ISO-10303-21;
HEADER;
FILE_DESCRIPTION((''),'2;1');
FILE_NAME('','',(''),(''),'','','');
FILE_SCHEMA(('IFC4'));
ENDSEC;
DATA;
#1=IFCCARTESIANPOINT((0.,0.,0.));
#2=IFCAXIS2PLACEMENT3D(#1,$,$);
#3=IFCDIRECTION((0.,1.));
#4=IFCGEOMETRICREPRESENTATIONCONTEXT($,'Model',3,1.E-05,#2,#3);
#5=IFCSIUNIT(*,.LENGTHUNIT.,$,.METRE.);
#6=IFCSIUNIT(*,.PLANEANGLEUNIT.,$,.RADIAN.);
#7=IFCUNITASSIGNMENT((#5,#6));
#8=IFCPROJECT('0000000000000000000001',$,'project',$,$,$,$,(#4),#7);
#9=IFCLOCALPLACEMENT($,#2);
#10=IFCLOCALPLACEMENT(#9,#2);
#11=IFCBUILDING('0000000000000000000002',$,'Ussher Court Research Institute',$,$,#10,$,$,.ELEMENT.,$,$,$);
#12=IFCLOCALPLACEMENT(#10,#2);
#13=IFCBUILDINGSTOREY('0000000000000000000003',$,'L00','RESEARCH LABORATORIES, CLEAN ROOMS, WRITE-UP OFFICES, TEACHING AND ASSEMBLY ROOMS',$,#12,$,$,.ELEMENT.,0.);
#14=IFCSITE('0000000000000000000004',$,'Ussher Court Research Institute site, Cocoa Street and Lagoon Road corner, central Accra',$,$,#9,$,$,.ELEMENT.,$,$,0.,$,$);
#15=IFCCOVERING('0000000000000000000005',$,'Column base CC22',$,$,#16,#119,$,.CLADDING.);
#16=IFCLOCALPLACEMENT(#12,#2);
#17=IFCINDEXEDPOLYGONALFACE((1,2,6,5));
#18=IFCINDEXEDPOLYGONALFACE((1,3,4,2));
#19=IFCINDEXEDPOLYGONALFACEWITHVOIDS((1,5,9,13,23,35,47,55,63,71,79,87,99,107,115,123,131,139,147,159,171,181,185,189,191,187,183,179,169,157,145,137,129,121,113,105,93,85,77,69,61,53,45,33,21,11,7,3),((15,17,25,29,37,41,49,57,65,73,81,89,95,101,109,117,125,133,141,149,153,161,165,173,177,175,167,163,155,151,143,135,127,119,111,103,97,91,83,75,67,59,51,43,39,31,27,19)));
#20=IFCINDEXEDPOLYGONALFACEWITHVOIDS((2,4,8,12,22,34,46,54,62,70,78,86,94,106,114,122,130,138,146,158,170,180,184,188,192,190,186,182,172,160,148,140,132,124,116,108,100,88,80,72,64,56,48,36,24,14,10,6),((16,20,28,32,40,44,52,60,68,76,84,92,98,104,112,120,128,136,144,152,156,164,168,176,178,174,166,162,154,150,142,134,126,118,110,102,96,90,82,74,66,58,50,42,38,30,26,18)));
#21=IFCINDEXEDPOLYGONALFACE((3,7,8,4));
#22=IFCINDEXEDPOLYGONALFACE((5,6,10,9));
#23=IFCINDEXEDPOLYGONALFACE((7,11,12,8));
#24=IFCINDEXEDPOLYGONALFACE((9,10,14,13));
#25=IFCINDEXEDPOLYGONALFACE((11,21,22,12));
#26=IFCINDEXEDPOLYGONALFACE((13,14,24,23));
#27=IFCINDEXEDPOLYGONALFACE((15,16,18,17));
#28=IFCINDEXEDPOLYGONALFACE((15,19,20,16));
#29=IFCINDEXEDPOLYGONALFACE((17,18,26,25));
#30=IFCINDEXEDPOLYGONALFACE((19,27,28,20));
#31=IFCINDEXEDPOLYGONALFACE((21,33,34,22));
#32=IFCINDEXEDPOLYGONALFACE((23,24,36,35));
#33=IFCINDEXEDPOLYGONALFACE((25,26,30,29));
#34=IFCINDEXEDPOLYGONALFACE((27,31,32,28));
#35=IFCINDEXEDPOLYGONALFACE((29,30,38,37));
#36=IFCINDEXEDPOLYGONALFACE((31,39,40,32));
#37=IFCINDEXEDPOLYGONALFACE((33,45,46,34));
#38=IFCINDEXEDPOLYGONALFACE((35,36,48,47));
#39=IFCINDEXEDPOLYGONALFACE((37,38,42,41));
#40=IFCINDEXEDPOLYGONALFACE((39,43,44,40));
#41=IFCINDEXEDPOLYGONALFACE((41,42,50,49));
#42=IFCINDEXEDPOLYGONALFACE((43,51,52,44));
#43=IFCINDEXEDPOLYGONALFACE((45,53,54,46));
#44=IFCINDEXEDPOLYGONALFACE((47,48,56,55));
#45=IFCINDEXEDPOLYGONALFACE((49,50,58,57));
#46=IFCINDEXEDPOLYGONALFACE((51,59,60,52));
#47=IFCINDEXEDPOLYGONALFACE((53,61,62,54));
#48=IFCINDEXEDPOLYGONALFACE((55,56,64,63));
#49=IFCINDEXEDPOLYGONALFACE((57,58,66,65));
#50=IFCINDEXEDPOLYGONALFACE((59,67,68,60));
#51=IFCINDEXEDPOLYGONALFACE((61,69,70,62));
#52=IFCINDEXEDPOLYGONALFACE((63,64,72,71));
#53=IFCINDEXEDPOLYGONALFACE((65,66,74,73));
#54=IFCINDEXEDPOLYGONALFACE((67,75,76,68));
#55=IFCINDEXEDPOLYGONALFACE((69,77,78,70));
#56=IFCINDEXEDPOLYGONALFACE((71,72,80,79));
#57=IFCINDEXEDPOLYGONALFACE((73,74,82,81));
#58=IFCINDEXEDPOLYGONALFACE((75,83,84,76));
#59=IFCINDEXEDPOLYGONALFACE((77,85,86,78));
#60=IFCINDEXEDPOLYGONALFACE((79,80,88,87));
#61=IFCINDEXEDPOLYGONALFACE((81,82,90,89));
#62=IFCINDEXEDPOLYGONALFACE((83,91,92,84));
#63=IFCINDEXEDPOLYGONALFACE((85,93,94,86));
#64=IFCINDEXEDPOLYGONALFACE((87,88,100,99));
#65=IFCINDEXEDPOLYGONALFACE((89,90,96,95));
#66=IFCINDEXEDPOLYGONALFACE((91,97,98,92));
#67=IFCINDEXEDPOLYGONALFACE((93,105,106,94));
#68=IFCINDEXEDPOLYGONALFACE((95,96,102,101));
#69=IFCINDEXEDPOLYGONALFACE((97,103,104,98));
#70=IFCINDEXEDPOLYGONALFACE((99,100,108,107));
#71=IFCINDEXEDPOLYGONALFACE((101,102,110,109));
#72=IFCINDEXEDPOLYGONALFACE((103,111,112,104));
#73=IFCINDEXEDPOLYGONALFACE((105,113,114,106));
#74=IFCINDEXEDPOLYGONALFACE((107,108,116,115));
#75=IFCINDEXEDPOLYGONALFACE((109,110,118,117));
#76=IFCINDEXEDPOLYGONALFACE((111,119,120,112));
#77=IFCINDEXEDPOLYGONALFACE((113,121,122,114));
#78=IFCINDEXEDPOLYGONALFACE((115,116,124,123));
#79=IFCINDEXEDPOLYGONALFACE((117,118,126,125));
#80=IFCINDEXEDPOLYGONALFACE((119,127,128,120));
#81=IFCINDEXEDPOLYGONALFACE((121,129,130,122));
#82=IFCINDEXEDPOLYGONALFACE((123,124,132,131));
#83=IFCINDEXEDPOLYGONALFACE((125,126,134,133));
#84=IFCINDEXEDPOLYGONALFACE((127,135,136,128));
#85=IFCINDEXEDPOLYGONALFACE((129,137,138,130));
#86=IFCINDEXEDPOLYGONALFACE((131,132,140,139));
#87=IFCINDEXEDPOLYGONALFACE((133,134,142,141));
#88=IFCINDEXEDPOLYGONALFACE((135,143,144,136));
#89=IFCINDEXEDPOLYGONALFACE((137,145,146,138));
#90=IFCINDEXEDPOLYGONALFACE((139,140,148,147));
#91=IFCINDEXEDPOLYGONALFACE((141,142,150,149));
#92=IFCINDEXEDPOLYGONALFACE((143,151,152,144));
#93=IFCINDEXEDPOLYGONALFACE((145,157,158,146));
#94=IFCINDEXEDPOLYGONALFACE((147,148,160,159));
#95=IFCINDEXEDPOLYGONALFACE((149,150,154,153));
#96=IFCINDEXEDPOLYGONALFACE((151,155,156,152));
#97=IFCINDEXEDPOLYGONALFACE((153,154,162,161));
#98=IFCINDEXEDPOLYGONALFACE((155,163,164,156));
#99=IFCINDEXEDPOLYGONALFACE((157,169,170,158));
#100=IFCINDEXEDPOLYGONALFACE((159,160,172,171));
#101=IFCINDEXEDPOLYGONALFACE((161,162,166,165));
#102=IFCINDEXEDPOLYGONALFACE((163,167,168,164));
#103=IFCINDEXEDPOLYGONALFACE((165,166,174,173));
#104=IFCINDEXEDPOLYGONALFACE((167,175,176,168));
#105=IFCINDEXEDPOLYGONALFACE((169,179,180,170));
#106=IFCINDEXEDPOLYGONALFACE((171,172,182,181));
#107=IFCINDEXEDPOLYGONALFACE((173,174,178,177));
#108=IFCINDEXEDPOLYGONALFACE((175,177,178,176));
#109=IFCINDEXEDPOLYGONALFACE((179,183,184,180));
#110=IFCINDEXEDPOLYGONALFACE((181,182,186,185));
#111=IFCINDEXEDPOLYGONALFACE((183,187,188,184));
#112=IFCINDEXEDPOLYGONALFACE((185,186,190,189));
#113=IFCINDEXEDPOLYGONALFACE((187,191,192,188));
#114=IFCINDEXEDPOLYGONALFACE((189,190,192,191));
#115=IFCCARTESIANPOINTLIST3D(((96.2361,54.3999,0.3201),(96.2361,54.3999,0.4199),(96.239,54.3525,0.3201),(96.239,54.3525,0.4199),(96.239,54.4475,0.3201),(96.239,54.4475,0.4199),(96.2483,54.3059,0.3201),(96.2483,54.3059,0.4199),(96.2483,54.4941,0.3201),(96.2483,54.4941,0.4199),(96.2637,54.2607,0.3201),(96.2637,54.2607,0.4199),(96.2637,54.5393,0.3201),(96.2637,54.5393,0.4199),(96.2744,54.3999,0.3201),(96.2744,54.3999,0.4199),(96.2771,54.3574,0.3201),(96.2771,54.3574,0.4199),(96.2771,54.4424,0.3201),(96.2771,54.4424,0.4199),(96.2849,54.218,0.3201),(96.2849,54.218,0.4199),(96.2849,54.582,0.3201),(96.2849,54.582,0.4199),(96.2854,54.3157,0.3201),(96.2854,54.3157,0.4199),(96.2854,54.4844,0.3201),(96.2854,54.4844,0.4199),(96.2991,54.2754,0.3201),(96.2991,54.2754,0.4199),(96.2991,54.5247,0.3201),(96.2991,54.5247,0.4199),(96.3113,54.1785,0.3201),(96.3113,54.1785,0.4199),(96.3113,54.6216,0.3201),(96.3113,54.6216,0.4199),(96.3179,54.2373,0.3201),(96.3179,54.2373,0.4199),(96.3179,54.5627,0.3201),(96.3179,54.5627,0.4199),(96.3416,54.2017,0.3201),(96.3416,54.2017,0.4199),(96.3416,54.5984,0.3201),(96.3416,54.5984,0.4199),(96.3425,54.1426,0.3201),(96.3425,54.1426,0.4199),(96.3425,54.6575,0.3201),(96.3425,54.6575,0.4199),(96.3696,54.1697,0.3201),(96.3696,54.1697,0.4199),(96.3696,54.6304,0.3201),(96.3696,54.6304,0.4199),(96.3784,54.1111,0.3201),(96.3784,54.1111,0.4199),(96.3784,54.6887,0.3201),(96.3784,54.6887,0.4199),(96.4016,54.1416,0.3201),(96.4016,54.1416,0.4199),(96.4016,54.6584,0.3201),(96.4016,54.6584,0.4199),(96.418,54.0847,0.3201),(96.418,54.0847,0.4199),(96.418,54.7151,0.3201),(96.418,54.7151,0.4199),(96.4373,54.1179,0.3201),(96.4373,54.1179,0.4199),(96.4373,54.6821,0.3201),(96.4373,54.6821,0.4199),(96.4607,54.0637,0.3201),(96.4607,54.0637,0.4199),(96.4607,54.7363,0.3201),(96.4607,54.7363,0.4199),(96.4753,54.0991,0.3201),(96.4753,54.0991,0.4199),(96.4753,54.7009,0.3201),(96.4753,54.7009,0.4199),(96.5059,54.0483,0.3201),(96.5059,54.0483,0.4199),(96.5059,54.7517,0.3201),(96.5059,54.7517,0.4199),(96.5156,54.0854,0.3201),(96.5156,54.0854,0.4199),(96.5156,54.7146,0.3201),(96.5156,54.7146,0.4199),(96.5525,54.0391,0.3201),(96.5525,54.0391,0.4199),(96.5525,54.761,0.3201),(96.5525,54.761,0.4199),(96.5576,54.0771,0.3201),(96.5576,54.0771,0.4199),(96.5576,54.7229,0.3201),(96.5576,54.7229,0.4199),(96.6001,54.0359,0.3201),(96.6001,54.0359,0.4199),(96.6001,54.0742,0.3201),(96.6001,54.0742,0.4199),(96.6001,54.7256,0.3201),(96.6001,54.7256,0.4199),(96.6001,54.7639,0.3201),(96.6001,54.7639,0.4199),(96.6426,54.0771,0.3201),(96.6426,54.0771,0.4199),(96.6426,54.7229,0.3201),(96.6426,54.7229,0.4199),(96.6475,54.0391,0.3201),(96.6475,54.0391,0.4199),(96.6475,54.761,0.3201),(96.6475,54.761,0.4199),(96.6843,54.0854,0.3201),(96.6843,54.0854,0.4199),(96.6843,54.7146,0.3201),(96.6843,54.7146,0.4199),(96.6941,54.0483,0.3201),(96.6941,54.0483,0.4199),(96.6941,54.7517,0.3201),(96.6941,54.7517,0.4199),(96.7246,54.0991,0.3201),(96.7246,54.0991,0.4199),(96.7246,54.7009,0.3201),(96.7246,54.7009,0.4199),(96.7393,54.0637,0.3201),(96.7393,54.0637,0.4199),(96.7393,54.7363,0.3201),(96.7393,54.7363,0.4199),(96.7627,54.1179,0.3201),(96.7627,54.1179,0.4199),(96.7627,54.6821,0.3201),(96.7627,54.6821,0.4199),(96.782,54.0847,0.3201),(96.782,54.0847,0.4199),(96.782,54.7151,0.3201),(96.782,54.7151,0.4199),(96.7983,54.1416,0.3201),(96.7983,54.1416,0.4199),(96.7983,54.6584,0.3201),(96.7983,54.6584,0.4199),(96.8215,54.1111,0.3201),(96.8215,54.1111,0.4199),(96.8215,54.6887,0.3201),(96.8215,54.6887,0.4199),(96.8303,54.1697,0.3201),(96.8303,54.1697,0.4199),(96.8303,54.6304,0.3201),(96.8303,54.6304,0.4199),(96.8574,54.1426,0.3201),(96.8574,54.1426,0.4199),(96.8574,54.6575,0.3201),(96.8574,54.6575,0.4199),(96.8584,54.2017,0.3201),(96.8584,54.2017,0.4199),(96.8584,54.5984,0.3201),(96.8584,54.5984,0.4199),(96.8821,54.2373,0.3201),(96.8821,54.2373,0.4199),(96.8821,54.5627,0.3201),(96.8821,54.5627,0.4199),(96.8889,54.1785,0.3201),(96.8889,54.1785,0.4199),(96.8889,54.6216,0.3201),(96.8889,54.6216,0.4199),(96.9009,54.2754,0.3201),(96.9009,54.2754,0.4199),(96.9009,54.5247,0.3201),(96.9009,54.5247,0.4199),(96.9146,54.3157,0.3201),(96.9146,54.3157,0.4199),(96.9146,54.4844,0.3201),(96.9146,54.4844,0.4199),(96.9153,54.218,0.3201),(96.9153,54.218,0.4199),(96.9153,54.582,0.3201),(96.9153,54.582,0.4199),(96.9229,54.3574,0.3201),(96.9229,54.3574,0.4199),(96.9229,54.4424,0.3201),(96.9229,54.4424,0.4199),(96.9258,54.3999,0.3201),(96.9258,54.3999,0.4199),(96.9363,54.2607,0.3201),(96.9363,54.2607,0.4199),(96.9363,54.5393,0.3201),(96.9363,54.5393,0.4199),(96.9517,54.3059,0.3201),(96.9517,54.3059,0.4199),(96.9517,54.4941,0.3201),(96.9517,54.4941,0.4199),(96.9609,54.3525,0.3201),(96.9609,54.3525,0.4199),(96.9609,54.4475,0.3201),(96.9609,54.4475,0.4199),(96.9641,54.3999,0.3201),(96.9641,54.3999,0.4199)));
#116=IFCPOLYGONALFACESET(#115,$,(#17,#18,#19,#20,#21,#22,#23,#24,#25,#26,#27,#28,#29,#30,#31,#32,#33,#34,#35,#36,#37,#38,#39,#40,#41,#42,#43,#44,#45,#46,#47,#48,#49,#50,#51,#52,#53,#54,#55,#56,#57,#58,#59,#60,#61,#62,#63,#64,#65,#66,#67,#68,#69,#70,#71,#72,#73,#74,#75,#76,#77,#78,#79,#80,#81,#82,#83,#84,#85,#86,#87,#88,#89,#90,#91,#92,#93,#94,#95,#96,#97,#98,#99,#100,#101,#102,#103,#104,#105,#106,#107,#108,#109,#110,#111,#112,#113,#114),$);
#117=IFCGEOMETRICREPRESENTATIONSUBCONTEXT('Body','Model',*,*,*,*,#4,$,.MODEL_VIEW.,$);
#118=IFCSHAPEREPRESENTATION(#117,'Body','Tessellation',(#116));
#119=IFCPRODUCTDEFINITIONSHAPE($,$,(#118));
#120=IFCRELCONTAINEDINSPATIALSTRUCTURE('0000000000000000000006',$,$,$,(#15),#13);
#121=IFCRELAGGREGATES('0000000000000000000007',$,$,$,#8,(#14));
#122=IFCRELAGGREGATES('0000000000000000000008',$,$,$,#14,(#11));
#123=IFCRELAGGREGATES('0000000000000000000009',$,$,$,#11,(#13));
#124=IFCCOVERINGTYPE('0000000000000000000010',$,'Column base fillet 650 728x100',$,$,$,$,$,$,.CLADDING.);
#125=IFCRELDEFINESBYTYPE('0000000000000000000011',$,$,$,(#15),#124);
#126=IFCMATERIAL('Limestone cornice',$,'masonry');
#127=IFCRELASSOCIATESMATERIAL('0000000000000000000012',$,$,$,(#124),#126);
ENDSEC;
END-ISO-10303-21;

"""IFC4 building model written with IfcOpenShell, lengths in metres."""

from ifc_helpers import new_model, si_unit, direction, frame, origin, place, context, subcontext, project, spatial, polyline, outline, extrude, material, type_object, element, save


model = new_model("IFC4")

# Units and contexts
model_context = context("Model", 3, precision=1e-05, world=origin(), true_north=direction((0.0, 1.0)))
body_context = subcontext(model_context, "Body", "Model", "MODEL_VIEW")
ifc_project = project(units=[si_unit("LENGTHUNIT", "METRE"), si_unit("PLANEANGLEUNIT", "RADIAN")], contexts=[model_context])

# Site, building, storey
site_placement = place(None, origin())
site = spatial("IfcSite", under=ifc_project, at=site_placement, Name="Ussher Court Research Institute site, Cocoa Street and Lagoon Road corner, central Accra", CompositionType="ELEMENT", RefElevation=0.0)
building_placement = place(site_placement, origin())
building = spatial("IfcBuilding", under=site, at=building_placement, Name="Ussher Court Research Institute", CompositionType="ELEMENT")
storey_placement = place(building_placement, origin())
storey = spatial("IfcBuildingStorey", under=building, at=storey_placement, Name="L00", Description="RESEARCH LABORATORIES, CLEAN ROOMS, WRITE-UP OFFICES, TEACHING AND ASSEMBLY ROOMS", CompositionType="ELEMENT", Elevation=0.0)

# Covering
ifc_material_1 = material(Name="Limestone cornice", Category="masonry")
covering_type_1 = type_object("IfcCoveringType", Name="Column base fillet 650 728x100", PredefinedType="CLADDING", material=ifc_material_1)
covering_1_placement = place(storey_placement, frame((0.0, 0.0, 0.3201)))
element("IfcCovering", 1, at=covering_1_placement, inside=storey, type_object=covering_type_1, Name="Column base CC22", PredefinedType="CLADDING", context=body_context, shape_type="SweptSolid", body=[
    extrude(outline(polyline([(96.9641, 54.3999), (96.9609, 54.4475), (96.9517, 54.4941), (96.9363, 54.5393), (96.9153, 54.582), (96.8889, 54.6216), (96.8574, 54.6575), (96.8215, 54.6887), (96.782, 54.7151), (96.7393, 54.7363), (96.6941, 54.7517), (96.6475, 54.761), (96.6001, 54.7639), (96.5525, 54.761), (96.5059, 54.7517), (96.4607, 54.7363), (96.418, 54.7151), (96.3784, 54.6887), (96.3425, 54.6575), (96.3113, 54.6216), (96.2849, 54.582), (96.2637, 54.5393), (96.2483, 54.4941), (96.239, 54.4475), (96.2361, 54.3999), (96.239, 54.3525), (96.2483, 54.3059), (96.2637, 54.2607), (96.2849, 54.218), (96.3113, 54.1785), (96.3425, 54.1426), (96.3784, 54.1111), (96.418, 54.0847), (96.4607, 54.0637), (96.5059, 54.0483), (96.5525, 54.0391), (96.6001, 54.0359), (96.6475, 54.0391), (96.6941, 54.0483), (96.7393, 54.0637), (96.782, 54.0847), (96.8215, 54.1111), (96.8574, 54.1426), (96.8889, 54.1785), (96.9153, 54.218), (96.9363, 54.2607), (96.9517, 54.3059), (96.9609, 54.3525), (96.9641, 54.3999)]), holes=[polyline([(96.9258, 54.3999), (96.9229, 54.4424), (96.9146, 54.4844), (96.9009, 54.5247), (96.8821, 54.5627), (96.8584, 54.5984), (96.8303, 54.6304), (96.7983, 54.6584), (96.7627, 54.6821), (96.7246, 54.7009), (96.6843, 54.7146), (96.6426, 54.7229), (96.6001, 54.7256), (96.5576, 54.7229), (96.5156, 54.7146), (96.4753, 54.7009), (96.4373, 54.6821), (96.4016, 54.6584), (96.3696, 54.6304), (96.3416, 54.5984), (96.3179, 54.5627), (96.2991, 54.5247), (96.2854, 54.4844), (96.2771, 54.4424), (96.2744, 54.3999), (96.2771, 54.3574), (96.2854, 54.3157), (96.2991, 54.2754), (96.3179, 54.2373), (96.3416, 54.2017), (96.3696, 54.1697), (96.4016, 54.1416), (96.4373, 54.1179), (96.4753, 54.0991), (96.5156, 54.0854), (96.5576, 54.0771), (96.6001, 54.0742), (96.6426, 54.0771), (96.6843, 54.0854), (96.7246, 54.0991), (96.7627, 54.1179), (96.7983, 54.1416), (96.8303, 54.1697), (96.8584, 54.2017), (96.8821, 54.2373), (96.9009, 54.2754), (96.9146, 54.3157), (96.9229, 54.3574), (96.9258, 54.3999)])]), origin(), (0.0, 0.0, 1.0), 0.0999),
])

save(model, "model.ifc")
